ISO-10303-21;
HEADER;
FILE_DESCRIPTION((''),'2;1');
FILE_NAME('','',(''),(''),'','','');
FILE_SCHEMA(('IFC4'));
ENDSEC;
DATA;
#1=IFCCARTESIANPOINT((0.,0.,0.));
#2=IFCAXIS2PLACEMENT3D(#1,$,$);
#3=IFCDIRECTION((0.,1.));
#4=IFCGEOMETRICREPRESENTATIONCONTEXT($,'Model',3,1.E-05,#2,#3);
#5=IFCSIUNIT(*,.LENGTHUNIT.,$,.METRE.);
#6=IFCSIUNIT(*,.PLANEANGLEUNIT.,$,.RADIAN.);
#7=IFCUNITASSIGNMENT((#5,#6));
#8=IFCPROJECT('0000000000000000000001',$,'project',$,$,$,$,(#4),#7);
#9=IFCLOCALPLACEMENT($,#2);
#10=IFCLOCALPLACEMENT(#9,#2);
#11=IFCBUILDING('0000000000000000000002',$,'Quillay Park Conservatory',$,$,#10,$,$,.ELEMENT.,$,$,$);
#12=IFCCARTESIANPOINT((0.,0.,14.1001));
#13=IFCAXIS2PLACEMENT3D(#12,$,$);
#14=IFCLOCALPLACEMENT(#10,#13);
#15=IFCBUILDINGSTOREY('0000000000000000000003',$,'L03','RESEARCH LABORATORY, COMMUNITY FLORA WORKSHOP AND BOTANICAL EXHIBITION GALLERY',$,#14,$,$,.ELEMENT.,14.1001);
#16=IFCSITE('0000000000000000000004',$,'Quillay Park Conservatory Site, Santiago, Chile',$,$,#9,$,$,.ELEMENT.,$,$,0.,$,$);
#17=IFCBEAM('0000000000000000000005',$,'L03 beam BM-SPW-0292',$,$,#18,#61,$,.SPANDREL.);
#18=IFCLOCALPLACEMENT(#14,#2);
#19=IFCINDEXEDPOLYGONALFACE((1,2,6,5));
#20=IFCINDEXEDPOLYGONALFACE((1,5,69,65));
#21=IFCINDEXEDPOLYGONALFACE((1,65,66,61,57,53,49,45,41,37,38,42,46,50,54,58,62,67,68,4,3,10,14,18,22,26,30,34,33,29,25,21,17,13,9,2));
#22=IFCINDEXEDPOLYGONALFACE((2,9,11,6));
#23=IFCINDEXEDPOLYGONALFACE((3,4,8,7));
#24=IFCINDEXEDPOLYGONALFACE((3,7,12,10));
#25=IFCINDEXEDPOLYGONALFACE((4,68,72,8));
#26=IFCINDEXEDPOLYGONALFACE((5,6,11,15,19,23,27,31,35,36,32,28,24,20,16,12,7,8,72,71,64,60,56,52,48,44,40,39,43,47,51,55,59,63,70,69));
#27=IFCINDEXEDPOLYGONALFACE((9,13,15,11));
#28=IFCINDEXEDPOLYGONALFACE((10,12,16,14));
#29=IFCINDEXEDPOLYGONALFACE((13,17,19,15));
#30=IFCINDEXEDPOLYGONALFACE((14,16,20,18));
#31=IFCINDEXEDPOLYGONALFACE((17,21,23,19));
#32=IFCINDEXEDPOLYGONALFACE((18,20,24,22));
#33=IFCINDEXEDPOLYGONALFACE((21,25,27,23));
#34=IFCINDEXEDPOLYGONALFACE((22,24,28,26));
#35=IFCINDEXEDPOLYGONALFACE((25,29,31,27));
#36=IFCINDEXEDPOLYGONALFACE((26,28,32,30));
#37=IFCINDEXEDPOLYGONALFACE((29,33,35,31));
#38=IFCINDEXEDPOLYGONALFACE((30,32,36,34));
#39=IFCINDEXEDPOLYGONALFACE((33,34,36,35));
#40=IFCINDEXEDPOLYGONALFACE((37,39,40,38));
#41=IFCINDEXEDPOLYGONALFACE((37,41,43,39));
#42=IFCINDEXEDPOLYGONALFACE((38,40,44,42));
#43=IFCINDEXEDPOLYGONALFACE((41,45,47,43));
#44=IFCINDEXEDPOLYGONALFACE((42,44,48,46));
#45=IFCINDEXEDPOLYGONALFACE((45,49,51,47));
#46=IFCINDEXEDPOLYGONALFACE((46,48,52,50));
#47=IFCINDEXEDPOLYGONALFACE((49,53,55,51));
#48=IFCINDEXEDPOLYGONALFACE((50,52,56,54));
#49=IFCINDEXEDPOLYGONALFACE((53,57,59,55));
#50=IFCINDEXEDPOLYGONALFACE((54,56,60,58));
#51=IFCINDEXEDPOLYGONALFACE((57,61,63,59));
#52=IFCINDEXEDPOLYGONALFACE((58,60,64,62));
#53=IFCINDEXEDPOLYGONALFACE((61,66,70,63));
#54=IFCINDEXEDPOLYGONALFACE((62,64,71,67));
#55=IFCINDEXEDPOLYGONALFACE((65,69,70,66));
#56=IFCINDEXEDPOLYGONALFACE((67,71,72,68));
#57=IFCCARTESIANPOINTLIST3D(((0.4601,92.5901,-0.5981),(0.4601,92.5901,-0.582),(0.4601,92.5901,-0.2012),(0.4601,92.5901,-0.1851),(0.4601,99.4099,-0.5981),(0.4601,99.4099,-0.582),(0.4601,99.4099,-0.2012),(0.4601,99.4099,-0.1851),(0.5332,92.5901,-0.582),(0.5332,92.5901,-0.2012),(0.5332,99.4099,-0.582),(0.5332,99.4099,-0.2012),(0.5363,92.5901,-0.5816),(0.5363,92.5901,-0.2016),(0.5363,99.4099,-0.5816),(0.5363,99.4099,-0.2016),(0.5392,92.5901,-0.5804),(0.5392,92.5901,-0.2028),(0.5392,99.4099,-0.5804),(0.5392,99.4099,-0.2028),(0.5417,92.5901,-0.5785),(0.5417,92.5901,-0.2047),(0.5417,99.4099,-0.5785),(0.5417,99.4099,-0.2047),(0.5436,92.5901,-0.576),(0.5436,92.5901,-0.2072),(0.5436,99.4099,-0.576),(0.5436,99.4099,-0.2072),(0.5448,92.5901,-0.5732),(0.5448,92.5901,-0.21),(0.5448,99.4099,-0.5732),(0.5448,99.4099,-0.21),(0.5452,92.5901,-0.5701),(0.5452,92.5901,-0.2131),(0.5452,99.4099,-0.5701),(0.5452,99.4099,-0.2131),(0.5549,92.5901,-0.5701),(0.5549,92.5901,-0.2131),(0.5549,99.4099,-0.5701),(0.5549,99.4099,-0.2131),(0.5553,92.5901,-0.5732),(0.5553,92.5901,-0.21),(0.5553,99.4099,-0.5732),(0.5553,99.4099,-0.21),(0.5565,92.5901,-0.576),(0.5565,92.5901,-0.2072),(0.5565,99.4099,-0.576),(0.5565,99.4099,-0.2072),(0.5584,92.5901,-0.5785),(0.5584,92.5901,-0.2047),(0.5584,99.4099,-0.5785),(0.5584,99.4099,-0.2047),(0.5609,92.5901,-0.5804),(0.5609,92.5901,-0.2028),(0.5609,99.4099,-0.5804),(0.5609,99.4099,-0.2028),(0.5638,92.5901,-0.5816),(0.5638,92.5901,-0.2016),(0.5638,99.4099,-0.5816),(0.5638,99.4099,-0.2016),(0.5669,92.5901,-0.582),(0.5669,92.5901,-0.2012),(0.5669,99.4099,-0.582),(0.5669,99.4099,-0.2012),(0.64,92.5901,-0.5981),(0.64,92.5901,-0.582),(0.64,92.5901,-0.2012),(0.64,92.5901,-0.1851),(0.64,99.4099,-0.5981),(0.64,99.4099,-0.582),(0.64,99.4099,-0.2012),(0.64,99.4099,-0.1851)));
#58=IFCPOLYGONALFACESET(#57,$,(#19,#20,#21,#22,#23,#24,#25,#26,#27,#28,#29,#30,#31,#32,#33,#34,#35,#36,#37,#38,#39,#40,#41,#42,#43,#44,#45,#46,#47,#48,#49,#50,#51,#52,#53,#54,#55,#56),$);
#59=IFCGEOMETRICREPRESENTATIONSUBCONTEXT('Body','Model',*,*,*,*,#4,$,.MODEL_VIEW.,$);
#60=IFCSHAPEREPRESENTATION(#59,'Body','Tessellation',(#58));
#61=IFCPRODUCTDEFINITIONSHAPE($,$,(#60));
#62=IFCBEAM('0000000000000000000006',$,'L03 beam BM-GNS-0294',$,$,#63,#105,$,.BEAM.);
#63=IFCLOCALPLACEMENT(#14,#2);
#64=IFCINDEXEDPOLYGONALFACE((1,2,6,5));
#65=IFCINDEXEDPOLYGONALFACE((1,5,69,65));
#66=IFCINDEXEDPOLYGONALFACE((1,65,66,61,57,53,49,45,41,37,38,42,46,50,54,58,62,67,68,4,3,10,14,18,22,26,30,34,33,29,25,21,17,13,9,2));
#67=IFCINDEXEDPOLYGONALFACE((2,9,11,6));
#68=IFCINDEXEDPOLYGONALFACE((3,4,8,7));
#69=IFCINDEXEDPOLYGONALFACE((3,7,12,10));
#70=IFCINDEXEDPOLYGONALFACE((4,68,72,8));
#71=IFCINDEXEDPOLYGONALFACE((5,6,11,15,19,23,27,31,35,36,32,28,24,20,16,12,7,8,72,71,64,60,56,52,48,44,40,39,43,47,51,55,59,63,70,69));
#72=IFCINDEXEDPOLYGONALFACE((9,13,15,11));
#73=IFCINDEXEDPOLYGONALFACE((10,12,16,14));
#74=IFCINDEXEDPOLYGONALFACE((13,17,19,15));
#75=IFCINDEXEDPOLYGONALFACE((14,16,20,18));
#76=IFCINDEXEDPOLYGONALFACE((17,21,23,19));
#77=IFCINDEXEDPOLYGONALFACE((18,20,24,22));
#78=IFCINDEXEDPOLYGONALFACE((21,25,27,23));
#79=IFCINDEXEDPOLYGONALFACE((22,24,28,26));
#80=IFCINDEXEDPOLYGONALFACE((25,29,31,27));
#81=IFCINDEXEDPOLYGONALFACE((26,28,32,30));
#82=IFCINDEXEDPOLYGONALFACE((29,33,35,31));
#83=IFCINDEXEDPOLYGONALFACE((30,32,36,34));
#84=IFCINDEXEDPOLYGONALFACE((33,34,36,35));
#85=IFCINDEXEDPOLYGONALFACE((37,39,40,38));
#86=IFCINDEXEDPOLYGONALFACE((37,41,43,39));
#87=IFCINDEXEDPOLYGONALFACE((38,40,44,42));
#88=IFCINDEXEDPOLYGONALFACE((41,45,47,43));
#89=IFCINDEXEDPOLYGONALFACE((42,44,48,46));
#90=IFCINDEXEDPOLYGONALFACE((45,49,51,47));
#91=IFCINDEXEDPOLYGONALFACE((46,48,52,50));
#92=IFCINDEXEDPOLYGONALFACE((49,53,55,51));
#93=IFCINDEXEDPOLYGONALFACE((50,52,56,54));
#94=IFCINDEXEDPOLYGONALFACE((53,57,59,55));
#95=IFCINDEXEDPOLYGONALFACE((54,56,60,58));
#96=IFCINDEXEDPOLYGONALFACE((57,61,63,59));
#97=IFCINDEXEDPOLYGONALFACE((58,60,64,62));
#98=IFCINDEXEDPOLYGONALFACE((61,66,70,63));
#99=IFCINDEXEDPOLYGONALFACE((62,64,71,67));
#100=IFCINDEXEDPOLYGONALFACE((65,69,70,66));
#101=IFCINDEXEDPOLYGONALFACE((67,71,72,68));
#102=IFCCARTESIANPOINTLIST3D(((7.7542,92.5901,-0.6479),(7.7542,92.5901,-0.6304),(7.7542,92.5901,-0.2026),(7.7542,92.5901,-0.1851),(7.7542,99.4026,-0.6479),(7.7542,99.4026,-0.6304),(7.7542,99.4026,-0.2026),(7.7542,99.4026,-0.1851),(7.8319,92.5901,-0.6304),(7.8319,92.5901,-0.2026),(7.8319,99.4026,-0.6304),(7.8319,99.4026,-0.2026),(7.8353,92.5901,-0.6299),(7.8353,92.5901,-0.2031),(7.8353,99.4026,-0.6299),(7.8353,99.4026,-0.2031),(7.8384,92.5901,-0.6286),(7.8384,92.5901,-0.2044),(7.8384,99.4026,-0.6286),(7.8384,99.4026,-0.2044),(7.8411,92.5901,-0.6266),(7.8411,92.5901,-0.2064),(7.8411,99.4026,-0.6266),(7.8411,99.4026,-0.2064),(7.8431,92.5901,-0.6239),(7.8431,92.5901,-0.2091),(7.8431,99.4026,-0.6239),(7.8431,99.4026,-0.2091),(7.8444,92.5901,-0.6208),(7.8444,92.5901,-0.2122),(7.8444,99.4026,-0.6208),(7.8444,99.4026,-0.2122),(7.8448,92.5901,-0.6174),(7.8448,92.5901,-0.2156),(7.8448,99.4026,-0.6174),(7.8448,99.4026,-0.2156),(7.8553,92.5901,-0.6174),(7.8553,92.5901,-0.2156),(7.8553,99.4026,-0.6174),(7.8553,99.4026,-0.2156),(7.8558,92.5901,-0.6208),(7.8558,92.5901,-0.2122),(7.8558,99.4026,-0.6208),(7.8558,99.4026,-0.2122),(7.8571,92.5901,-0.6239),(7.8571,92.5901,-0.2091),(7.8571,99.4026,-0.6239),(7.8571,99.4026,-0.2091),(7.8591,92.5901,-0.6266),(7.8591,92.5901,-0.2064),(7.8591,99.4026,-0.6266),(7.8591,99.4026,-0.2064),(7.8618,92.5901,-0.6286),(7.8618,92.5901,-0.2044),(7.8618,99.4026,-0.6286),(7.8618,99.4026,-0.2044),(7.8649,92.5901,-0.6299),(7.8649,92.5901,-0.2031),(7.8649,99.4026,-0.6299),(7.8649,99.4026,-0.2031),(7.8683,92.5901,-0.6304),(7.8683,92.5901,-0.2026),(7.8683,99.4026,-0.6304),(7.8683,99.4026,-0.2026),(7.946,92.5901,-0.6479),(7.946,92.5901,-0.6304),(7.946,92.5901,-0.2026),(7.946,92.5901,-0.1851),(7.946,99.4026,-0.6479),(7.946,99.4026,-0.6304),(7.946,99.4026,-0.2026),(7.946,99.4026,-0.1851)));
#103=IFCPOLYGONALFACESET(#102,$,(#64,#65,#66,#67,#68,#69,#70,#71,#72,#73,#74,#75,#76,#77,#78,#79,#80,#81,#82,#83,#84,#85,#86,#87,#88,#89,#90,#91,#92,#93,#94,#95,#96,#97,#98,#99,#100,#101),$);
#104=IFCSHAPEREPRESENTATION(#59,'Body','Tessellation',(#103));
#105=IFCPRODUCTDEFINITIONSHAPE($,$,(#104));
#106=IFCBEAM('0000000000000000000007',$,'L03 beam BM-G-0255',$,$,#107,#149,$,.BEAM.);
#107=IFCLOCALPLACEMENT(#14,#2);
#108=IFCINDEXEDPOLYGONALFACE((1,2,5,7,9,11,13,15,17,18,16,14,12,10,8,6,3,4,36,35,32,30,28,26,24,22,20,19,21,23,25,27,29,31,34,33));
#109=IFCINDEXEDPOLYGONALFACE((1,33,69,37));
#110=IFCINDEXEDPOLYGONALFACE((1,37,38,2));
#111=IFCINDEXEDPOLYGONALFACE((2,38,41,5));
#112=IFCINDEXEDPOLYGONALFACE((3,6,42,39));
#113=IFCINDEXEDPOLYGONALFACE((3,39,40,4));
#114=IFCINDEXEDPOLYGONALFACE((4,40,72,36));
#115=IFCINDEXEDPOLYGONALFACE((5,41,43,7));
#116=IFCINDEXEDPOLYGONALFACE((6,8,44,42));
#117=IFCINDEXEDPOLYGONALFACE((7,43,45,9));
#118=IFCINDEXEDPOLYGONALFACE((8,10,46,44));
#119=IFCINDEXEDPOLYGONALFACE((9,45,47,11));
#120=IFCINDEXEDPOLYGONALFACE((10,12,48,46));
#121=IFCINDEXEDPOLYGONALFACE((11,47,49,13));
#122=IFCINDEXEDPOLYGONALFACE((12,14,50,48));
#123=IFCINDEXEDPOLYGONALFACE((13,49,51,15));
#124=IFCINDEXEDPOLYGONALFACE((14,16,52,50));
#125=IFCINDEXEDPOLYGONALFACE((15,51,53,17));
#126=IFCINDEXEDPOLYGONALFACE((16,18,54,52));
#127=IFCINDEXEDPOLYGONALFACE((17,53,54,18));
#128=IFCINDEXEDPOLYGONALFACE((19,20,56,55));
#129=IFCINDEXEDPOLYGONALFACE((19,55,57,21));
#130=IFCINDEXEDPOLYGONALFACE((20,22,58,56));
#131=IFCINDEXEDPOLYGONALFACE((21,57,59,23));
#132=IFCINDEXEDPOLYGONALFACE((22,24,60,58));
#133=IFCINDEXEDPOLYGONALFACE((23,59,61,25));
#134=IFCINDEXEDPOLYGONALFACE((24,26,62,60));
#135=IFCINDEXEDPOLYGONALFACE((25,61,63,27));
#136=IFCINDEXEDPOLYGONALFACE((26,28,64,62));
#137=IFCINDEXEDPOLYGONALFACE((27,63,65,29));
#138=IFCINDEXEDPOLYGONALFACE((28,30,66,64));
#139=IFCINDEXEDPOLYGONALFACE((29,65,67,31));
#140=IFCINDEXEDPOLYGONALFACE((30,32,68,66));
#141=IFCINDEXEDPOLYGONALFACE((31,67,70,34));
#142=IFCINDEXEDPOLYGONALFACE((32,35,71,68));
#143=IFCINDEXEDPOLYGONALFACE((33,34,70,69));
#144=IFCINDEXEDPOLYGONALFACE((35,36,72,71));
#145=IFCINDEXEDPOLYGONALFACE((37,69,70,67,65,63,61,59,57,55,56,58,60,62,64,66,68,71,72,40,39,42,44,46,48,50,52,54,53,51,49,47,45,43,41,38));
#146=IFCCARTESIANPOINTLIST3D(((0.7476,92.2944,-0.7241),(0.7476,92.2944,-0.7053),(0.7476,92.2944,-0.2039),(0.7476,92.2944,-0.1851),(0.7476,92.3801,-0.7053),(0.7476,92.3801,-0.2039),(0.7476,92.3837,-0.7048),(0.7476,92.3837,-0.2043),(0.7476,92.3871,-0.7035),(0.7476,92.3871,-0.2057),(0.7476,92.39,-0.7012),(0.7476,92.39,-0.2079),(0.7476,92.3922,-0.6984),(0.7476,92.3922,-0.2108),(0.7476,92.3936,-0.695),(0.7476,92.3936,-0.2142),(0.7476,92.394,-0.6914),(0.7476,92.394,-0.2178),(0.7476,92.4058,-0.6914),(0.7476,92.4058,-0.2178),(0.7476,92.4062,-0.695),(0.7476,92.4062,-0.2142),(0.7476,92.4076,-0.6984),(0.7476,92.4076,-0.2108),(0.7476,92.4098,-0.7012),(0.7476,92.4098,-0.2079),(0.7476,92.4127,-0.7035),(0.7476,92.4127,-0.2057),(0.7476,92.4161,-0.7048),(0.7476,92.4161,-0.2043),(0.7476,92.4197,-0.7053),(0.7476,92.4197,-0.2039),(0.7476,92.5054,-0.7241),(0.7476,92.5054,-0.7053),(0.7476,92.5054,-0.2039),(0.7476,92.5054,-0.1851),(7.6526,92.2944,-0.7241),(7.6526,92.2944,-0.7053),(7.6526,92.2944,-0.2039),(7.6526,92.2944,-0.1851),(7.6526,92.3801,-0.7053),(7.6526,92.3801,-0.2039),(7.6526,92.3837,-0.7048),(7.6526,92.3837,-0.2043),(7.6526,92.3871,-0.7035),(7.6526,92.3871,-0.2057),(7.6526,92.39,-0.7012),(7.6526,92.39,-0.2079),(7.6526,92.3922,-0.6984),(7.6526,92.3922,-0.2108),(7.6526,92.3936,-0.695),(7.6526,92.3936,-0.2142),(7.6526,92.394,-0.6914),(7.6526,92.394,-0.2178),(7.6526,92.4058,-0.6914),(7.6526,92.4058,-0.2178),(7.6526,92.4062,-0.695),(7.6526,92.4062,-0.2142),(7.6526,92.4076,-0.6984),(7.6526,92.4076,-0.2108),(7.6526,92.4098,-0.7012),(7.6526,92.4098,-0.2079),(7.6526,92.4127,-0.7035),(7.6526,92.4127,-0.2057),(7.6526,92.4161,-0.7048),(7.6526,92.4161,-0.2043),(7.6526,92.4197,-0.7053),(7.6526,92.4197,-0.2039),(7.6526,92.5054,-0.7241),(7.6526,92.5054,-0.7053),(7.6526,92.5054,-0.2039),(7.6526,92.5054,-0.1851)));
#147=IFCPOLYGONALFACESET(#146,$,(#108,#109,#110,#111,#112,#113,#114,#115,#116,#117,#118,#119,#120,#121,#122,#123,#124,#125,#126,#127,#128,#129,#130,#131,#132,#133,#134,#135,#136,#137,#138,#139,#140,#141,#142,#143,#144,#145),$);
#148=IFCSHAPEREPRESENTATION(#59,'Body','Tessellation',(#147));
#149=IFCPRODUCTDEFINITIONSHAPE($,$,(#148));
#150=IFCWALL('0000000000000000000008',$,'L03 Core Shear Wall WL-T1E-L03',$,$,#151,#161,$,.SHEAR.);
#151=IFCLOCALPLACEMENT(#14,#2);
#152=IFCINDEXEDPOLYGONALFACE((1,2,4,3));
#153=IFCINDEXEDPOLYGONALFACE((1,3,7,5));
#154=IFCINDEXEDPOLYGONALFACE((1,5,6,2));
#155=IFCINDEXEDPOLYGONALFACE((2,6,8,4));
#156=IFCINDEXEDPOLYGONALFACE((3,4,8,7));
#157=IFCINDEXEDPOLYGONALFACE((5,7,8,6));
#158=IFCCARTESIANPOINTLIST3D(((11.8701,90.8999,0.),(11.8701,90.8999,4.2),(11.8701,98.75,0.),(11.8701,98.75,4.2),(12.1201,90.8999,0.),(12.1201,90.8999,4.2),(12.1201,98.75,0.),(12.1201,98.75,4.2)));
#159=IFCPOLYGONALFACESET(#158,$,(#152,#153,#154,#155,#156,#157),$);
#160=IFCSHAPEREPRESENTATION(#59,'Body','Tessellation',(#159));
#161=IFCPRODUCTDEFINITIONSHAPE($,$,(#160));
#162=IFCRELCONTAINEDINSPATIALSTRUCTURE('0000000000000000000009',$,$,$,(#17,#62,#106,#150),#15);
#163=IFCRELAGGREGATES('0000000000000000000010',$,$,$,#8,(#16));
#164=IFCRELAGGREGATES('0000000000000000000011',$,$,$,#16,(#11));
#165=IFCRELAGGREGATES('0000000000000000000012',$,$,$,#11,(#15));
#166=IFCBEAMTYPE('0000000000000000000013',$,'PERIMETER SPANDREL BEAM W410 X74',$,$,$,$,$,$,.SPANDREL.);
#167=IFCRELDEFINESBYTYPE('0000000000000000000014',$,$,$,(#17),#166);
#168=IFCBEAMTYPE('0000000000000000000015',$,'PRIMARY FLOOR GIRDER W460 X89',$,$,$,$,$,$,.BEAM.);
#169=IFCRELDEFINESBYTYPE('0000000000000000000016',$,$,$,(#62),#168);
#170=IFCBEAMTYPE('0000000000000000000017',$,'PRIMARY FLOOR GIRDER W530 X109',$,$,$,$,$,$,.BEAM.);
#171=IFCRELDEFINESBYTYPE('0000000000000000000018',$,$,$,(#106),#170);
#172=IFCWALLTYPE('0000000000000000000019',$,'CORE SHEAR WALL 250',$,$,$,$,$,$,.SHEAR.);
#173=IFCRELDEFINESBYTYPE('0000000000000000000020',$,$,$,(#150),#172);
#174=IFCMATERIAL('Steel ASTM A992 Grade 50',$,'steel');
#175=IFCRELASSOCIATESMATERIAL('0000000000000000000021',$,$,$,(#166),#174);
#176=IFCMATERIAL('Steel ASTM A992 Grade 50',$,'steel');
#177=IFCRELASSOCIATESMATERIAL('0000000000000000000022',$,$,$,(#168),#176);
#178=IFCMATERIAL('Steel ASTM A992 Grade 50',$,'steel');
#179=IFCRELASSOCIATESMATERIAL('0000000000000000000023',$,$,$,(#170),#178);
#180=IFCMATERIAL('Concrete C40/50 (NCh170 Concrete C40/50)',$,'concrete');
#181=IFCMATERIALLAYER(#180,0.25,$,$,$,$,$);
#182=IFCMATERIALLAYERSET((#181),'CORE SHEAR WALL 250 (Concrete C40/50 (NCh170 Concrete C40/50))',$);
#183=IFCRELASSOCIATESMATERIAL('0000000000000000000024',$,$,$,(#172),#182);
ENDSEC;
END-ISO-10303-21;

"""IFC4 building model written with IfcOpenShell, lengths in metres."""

from ifc_helpers import new_model, si_unit, direction, frame, frame_2d, origin, origin_2d, place, context, subcontext, project, spatial, rectangle, i_section, extrude, material, layer, layer_set, material_profile, profile_set, type_object, element, save


model = new_model("IFC4")

# Units and contexts
model_context = context("Model", 3, precision=1e-05, world=origin(), true_north=direction((0.0, 1.0)))
body_context = subcontext(model_context, "Body", "Model", "MODEL_VIEW")
ifc_project = project(units=[si_unit("LENGTHUNIT", "METRE"), si_unit("PLANEANGLEUNIT", "RADIAN")], contexts=[model_context])

# Site, building, storey
site_placement = place(None, origin())
site = spatial("IfcSite", under=ifc_project, at=site_placement, Name="Quillay Park Conservatory Site, Santiago, Chile", CompositionType="ELEMENT", RefElevation=0.0)
building_placement = place(site_placement, origin())
building = spatial("IfcBuilding", under=site, at=building_placement, Name="Quillay Park Conservatory", CompositionType="ELEMENT")
storey_placement = place(building_placement, frame((0.0, 0.0, 14.1001)))
storey = spatial("IfcBuildingStorey", under=building, at=storey_placement, Name="L03", Description="RESEARCH LABORATORY, COMMUNITY FLORA WORKSHOP AND BOTANICAL EXHIBITION GALLERY", CompositionType="ELEMENT", Elevation=14.1001)

# Beams
ifc_material_1 = material(Name="Steel ASTM A992 Grade 50", Category="steel")
ifc_material_profile_1 = material_profile(ifc_material_1, i_section(OverallWidth=0.1799, OverallDepth=0.4131, WebThickness=0.0098, FlangeThickness=0.0161, FilletRadius=0.012, at=origin_2d()), Name="W410x74")
ifc_profile_set_1 = profile_set([ifc_material_profile_1], Name="Steel ASTM A992 Grade 50")
beam_type_1 = type_object("IfcBeamType", Name="PERIMETER SPANDREL BEAM W410 X74", PredefinedType="SPANDREL", material=ifc_profile_set_1)
beam_1_placement = place(storey_placement, frame((0.55, 92.5901, -0.3916), z_axis=(0.0, 1.0, 0.0), x_axis=(-1.0, 0.0, 0.0)))
element("IfcBeam", 1, at=beam_1_placement, inside=storey, type_object=beam_type_1, Name="L03 beam BM-SPW-0292", PredefinedType="SPANDREL", context=body_context, shape_type="SweptSolid", body=[
    extrude(i_section(OverallWidth=0.1799, OverallDepth=0.4131, WebThickness=0.0098, FlangeThickness=0.0161, FilletRadius=0.012, at=origin_2d()), origin(), (0.0, 0.0, 1.0), 6.8198),
])
ifc_material_2 = material(Name="Steel ASTM A992 Grade 50", Category="steel")
ifc_material_profile_2 = material_profile(ifc_material_2, i_section(OverallWidth=0.1919, OverallDepth=0.4629, WebThickness=0.0105, FlangeThickness=0.0176, FilletRadius=0.0129, at=origin_2d()), Name="W460x89")
ifc_profile_set_2 = profile_set([ifc_material_profile_2], Name="Steel ASTM A992 Grade 50")
beam_type_2 = type_object("IfcBeamType", Name="PRIMARY FLOOR GIRDER W460 X89", PredefinedType="BEAM", material=ifc_profile_set_2)
beam_2_placement = place(storey_placement, frame((7.8501, 92.5901, -0.4165), z_axis=(0.0, 1.0, 0.0), x_axis=(-1.0, 0.0, 0.0)))
element("IfcBeam", 2, at=beam_2_placement, inside=storey, type_object=beam_type_2, Name="L03 beam BM-GNS-0294", PredefinedType="BEAM", context=body_context, shape_type="SweptSolid", body=[
    extrude(i_section(OverallWidth=0.1919, OverallDepth=0.4629, WebThickness=0.0105, FlangeThickness=0.0176, FilletRadius=0.0129, at=origin_2d()), origin(), (0.0, 0.0, 1.0), 6.8125),
])
ifc_material_3 = material(Name="Steel ASTM A992 Grade 50", Category="steel")
ifc_material_profile_3 = material_profile(ifc_material_3, i_section(OverallWidth=0.2109, OverallDepth=0.5391, WebThickness=0.0117, FlangeThickness=0.0188, FilletRadius=0.0139, at=origin_2d()), Name="W530x109")
ifc_profile_set_3 = profile_set([ifc_material_profile_3], Name="Steel ASTM A992 Grade 50")
beam_type_3 = type_object("IfcBeamType", Name="PRIMARY FLOOR GIRDER W530 X109", PredefinedType="BEAM", material=ifc_profile_set_3)
beam_3_placement = place(storey_placement, frame((0.7476, 92.3999, -0.4546), z_axis=(1.0, 0.0, 0.0), x_axis=(0.0, 1.0, 0.0)))
element("IfcBeam", 3, at=beam_3_placement, inside=storey, type_object=beam_type_3, Name="L03 beam BM-G-0255", PredefinedType="BEAM", context=body_context, shape_type="SweptSolid", body=[
    extrude(i_section(OverallWidth=0.2109, OverallDepth=0.5391, WebThickness=0.0117, FlangeThickness=0.0188, FilletRadius=0.0139, at=origin_2d()), origin(), (0.0, 0.0, 1.0), 6.905),
])

# Wall
ifc_material_4 = material(Name="Concrete C40/50 (NCh170 Concrete C40/50)", Category="concrete")
ifc_layer_1 = layer(ifc_material_4, 0.25)
ifc_layer_set_1 = layer_set([ifc_layer_1], Name="CORE SHEAR WALL 250 (Concrete C40/50 (NCh170 Concrete C40/50))")
wall_type_1 = type_object("IfcWallType", Name="CORE SHEAR WALL 250", PredefinedType="SHEAR", material=ifc_layer_set_1)
wall_1_placement = place(storey_placement, frame((11.9951, 90.8999, 0.0), z_axis=(0.0, 0.0, 1.0), x_axis=(0.0, 1.0, 0.0)))
element("IfcWall", 4, at=wall_1_placement, inside=storey, type_object=wall_type_1, Name="L03 Core Shear Wall WL-T1E-L03", PredefinedType="SHEAR", context=body_context, shape_type="SweptSolid", body=[
    extrude(rectangle(XDim=7.8501, YDim=0.25, at=frame_2d((3.925, 0.0))), origin(), (0.0, 0.0, 1.0), 4.2),
])

save(model, "model.ifc")
